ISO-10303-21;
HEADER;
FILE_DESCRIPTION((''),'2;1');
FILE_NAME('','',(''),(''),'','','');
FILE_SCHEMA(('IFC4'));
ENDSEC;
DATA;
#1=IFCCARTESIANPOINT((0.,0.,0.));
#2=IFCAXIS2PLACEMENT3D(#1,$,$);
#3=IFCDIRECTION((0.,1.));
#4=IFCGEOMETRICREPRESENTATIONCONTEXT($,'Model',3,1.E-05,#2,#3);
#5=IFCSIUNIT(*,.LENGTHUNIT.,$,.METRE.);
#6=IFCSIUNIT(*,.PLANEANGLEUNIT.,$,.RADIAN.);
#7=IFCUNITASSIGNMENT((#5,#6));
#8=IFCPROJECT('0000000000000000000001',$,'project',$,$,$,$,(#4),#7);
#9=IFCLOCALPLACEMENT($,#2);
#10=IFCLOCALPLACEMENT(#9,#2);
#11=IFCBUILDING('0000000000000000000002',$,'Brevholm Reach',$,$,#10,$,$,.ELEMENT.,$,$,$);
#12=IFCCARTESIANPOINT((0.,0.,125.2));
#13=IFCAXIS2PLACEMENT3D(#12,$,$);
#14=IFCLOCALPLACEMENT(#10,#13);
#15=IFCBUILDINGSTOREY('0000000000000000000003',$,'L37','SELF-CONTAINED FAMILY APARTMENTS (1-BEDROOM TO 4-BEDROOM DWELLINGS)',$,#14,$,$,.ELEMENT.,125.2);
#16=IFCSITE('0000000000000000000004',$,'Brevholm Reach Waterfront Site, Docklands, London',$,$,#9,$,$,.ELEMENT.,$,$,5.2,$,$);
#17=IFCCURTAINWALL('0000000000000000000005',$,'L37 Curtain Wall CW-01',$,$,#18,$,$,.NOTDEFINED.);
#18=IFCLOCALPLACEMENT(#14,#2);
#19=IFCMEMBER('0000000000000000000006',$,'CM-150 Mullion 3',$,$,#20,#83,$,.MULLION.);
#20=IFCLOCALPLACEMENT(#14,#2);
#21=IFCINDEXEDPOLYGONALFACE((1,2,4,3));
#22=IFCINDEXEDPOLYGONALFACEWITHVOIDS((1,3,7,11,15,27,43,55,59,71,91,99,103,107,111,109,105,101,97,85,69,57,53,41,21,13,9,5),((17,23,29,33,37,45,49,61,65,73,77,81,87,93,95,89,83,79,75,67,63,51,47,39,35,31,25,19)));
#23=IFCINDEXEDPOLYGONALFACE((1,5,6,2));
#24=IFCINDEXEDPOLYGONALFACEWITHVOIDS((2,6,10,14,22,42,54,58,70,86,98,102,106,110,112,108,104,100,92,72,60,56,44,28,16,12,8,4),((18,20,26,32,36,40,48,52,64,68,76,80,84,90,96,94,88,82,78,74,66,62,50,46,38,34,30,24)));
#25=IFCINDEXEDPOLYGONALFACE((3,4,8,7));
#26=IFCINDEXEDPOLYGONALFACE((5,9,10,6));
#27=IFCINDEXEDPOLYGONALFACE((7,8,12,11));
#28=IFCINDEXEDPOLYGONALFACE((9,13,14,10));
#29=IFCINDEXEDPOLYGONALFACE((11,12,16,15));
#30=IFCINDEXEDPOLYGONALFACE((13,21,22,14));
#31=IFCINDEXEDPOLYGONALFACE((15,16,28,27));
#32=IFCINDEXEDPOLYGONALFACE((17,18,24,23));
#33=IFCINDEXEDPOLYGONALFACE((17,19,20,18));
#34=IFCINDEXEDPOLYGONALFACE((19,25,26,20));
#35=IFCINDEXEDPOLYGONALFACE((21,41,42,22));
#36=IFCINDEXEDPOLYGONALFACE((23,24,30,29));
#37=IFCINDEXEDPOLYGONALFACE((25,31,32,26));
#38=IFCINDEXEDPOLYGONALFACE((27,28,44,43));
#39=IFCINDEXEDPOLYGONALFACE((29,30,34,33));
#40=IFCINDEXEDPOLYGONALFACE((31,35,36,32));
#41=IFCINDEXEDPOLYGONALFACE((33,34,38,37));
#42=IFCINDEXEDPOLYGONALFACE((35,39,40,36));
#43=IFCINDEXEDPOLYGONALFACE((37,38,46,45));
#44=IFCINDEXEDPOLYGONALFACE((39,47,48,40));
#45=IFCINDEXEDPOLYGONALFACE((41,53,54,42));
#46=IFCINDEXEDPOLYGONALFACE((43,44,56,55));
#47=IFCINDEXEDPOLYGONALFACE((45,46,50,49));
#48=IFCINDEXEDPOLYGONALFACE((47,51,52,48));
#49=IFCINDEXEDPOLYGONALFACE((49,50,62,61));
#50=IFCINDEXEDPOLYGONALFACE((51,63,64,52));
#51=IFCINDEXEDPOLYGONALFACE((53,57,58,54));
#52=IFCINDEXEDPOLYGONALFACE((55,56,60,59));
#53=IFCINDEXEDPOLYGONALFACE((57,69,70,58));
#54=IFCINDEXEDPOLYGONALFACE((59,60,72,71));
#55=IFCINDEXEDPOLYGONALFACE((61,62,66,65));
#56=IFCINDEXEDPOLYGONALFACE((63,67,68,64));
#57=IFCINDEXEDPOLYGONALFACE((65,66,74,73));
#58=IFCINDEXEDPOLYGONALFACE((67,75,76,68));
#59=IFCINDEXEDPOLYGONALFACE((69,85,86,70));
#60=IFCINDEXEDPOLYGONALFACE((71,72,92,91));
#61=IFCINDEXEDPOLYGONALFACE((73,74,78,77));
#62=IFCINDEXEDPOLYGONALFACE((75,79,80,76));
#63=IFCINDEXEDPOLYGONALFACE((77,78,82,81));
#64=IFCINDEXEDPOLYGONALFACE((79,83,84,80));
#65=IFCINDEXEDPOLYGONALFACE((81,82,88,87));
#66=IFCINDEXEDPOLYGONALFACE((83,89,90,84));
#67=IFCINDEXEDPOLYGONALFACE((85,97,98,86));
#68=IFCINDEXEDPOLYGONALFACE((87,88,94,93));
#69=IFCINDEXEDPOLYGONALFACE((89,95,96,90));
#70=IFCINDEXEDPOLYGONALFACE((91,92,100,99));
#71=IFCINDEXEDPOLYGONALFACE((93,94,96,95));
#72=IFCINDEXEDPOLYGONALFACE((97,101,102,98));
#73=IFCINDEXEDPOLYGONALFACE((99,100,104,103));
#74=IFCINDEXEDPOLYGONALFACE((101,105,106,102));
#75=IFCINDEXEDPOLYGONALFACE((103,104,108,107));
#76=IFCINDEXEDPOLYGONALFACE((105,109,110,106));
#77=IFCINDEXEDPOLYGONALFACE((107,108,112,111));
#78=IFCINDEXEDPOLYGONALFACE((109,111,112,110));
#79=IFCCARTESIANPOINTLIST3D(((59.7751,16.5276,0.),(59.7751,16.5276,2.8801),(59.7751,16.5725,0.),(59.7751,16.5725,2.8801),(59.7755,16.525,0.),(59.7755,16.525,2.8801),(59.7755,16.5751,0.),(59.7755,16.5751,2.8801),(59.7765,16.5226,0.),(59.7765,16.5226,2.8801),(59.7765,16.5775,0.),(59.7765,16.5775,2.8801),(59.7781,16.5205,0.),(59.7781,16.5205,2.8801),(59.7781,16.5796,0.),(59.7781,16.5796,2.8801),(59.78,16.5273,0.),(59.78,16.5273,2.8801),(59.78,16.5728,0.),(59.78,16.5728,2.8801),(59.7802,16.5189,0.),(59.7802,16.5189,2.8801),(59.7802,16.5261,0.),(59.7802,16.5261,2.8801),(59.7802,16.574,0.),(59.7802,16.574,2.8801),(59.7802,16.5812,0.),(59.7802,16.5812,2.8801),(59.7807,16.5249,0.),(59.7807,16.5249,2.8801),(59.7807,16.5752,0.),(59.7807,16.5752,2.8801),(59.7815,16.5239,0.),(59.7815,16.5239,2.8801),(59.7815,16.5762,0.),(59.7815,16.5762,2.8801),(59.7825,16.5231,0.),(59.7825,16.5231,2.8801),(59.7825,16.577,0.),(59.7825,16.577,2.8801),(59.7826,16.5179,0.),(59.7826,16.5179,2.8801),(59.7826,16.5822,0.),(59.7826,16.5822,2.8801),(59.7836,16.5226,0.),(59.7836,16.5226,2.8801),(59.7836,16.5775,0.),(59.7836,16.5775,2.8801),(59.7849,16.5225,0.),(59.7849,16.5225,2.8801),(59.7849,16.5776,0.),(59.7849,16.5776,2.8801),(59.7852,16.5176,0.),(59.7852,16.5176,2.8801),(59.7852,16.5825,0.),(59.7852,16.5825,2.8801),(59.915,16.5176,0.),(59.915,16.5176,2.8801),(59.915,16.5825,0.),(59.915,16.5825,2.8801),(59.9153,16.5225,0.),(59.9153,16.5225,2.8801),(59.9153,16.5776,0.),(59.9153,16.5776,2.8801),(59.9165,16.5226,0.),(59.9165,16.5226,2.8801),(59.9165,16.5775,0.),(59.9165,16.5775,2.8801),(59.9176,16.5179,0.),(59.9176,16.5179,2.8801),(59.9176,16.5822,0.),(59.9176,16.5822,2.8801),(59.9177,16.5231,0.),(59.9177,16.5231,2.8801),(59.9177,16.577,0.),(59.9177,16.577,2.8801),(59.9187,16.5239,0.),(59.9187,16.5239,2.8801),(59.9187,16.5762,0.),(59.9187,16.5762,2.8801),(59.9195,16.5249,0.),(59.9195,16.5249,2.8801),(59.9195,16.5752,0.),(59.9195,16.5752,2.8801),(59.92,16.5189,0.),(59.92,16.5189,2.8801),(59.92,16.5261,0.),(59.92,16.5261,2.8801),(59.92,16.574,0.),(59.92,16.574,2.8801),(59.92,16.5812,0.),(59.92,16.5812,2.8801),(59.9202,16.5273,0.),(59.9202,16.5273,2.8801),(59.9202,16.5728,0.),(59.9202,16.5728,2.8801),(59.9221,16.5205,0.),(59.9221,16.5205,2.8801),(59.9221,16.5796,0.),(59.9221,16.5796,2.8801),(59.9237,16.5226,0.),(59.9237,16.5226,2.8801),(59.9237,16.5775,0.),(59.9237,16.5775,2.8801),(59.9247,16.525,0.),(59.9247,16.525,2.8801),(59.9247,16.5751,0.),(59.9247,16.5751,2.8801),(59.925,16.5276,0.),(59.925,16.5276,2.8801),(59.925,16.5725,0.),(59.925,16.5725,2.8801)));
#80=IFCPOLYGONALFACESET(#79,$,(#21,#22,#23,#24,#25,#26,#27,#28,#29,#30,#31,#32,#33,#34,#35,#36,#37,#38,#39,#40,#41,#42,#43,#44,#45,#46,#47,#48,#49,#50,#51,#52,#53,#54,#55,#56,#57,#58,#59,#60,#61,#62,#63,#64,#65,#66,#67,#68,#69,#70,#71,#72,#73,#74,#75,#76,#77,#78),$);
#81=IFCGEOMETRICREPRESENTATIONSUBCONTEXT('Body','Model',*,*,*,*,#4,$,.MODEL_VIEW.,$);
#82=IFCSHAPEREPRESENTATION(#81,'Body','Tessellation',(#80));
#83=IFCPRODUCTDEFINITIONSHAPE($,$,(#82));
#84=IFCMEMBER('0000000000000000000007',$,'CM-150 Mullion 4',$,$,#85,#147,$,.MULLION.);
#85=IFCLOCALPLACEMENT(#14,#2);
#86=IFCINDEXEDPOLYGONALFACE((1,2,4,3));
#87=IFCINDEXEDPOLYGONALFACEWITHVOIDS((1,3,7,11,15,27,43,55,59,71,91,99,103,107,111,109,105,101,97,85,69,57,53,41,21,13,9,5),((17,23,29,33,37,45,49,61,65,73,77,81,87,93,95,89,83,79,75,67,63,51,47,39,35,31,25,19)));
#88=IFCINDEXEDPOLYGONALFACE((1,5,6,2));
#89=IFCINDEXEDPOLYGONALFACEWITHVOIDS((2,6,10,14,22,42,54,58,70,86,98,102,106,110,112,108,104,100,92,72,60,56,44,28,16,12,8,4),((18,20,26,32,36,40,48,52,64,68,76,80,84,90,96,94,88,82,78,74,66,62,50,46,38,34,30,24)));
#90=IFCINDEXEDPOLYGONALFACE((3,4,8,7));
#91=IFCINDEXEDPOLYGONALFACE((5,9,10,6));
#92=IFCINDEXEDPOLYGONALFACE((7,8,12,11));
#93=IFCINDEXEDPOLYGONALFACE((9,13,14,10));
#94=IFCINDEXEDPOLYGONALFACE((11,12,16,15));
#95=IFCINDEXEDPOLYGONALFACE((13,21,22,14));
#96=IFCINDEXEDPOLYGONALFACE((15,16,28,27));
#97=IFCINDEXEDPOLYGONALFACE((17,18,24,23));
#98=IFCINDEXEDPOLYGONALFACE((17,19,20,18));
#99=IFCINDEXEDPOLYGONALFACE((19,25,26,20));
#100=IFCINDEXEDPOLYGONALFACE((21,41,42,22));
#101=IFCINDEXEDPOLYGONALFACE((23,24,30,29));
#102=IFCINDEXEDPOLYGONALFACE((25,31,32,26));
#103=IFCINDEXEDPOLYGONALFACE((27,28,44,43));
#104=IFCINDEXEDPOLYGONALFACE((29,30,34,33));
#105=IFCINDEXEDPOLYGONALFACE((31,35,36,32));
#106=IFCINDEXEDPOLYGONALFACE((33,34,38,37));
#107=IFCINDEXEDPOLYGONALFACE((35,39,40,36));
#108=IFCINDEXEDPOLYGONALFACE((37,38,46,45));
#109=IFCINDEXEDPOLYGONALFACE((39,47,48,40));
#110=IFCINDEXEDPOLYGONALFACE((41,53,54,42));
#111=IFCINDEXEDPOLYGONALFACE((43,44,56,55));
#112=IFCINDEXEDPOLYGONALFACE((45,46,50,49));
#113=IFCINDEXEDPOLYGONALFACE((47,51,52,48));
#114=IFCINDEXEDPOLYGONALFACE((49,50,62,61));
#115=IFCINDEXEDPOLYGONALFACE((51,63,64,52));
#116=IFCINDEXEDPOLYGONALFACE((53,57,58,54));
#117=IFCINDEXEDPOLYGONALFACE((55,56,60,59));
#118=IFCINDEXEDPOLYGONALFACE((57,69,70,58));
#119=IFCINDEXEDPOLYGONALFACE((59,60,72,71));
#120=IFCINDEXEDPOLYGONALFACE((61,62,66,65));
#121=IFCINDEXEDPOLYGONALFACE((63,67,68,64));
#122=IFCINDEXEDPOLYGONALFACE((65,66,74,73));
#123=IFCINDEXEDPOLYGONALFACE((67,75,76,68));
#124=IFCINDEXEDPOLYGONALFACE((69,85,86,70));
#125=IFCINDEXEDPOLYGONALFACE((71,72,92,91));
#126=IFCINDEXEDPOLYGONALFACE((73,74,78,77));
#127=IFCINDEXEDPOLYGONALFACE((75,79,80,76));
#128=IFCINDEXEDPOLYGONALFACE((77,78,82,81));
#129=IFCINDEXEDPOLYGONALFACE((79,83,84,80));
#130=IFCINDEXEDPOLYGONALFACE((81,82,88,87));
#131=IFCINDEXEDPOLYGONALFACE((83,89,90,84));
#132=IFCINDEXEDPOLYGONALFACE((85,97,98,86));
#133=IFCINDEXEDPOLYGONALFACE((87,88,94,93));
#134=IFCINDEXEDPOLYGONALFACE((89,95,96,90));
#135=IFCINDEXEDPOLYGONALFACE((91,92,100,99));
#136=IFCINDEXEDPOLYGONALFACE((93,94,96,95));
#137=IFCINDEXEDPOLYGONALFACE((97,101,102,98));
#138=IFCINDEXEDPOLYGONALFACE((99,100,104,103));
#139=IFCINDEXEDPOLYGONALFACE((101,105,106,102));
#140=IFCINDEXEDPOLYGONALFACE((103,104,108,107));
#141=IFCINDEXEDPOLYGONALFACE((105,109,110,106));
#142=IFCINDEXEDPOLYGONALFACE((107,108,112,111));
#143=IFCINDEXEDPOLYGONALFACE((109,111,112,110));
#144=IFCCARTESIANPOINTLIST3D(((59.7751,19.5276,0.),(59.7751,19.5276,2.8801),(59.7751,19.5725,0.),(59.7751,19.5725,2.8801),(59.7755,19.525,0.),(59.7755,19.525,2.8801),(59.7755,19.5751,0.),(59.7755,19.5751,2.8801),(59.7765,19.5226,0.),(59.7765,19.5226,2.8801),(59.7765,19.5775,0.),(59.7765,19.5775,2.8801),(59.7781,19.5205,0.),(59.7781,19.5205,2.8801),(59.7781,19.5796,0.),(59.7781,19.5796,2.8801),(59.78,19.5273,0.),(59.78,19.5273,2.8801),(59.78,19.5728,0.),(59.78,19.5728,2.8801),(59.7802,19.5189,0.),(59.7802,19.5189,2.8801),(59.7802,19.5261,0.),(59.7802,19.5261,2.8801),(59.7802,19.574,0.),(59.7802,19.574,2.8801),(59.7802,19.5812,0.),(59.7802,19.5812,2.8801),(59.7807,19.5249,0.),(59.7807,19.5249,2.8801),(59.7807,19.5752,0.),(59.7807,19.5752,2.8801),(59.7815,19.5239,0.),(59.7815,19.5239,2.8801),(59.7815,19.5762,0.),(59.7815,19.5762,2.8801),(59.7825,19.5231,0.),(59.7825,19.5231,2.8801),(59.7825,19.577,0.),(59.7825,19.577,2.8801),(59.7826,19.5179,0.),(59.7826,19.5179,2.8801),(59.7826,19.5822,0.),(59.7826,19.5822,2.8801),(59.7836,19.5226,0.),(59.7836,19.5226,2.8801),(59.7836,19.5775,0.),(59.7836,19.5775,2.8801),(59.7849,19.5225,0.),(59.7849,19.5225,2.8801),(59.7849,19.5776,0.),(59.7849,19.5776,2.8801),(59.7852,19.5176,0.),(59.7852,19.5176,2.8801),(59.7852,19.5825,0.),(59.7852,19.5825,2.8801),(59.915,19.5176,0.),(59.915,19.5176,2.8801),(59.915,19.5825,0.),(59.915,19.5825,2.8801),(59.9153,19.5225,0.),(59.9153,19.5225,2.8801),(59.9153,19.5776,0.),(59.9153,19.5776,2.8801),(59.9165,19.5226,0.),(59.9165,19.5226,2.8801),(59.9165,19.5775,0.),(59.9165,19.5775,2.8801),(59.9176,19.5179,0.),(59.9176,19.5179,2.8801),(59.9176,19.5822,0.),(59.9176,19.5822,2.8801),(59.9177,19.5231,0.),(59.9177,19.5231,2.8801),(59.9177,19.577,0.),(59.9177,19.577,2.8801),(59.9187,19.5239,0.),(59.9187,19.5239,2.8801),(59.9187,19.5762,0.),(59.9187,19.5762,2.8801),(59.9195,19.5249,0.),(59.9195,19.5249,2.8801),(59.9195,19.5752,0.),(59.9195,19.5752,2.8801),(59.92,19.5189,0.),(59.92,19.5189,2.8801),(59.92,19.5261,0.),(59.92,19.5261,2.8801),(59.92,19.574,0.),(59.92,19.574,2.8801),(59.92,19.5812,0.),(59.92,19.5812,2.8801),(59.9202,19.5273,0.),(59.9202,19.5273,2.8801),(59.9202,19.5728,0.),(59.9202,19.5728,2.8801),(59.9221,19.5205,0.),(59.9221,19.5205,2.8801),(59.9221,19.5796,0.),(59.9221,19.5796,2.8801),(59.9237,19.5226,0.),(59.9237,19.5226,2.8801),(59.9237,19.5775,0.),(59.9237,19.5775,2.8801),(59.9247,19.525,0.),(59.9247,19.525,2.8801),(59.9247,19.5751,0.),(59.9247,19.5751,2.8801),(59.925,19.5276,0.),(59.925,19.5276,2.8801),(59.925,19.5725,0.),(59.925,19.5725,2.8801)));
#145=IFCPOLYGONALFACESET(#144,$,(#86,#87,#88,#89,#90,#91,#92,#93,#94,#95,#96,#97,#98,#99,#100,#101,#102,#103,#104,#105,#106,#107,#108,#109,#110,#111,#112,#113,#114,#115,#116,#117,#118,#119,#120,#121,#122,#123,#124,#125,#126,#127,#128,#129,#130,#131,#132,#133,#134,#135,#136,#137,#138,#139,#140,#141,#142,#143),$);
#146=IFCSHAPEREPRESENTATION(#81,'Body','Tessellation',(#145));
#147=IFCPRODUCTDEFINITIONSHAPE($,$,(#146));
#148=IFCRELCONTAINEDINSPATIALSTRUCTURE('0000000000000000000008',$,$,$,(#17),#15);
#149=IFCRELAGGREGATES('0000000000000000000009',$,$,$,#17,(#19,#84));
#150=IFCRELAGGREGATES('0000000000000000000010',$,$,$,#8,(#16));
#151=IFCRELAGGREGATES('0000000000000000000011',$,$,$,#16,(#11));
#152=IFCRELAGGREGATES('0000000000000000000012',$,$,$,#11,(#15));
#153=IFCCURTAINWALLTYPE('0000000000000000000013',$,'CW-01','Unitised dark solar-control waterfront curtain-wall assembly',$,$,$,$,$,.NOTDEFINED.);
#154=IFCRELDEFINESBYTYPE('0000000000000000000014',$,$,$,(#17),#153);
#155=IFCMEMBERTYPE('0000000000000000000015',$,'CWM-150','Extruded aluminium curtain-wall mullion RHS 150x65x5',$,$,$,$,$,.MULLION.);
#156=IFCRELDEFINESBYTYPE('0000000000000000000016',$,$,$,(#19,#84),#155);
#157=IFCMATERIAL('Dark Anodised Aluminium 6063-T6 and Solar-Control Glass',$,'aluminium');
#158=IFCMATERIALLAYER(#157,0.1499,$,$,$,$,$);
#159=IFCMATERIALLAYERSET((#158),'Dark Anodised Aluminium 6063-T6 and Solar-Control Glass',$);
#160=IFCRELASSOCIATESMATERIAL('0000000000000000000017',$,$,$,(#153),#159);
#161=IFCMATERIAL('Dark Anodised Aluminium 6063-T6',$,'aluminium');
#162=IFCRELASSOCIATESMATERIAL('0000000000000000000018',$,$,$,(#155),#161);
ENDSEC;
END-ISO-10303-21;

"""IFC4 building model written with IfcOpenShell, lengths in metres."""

from ifc_helpers import new_model, si_unit, direction, frame, origin, origin_2d, place, context, subcontext, project, spatial, hollow_rectangle, extrude, material, layer, layer_set, material_profile, profile_set, type_object, element, aggregate, save


model = new_model("IFC4")

# Units and contexts
model_context = context("Model", 3, precision=1e-05, world=origin(), true_north=direction((0.0, 1.0)))
body_context = subcontext(model_context, "Body", "Model", "MODEL_VIEW")
ifc_project = project(units=[si_unit("LENGTHUNIT", "METRE"), si_unit("PLANEANGLEUNIT", "RADIAN")], contexts=[model_context])

# Site, building, storey
site_placement = place(None, origin())
site = spatial("IfcSite", under=ifc_project, at=site_placement, Name="Brevholm Reach Waterfront Site, Docklands, London", CompositionType="ELEMENT", RefElevation=5.2)
building_placement = place(site_placement, origin())
building = spatial("IfcBuilding", under=site, at=building_placement, Name="Brevholm Reach", CompositionType="ELEMENT")
storey_placement = place(building_placement, frame((0.0, 0.0, 125.2)))
storey = spatial("IfcBuildingStorey", under=building, at=storey_placement, Name="L37", Description="SELF-CONTAINED FAMILY APARTMENTS (1-BEDROOM TO 4-BEDROOM DWELLINGS)", CompositionType="ELEMENT", Elevation=125.2)

# Curtain wall, members
ifc_material_1 = material(Name="Dark Anodised Aluminium 6063-T6 and Solar-Control Glass", Category="aluminium")
ifc_layer_1 = layer(ifc_material_1, 0.1499)
ifc_layer_set_1 = layer_set([ifc_layer_1], Name="Dark Anodised Aluminium 6063-T6 and Solar-Control Glass")
curtain_wall_type = type_object("IfcCurtainWallType", Name="CW-01", Description="Unitised dark solar-control waterfront curtain-wall assembly", PredefinedType="NOTDEFINED", material=ifc_layer_set_1)
curtain_wall_placement = place(storey_placement, origin())
curtain_wall = element("IfcCurtainWall", 1, at=curtain_wall_placement, inside=storey, type_object=curtain_wall_type, Name="L37 Curtain Wall CW-01", PredefinedType="NOTDEFINED")
ifc_material_2 = material(Name="Dark Anodised Aluminium 6063-T6", Category="aluminium")
ifc_material_profile_1 = material_profile(ifc_material_2, hollow_rectangle(XDim=0.0649, YDim=0.1499, WallThickness=0.0049, InnerFilletRadius=0.0049, OuterFilletRadius=0.01, at=origin_2d()), Name="RHS 150x65x5")
ifc_profile_set_1 = profile_set([ifc_material_profile_1], Name="Dark Anodised Aluminium 6063-T6")
member_type_1 = type_object("IfcMemberType", Name="CWM-150", Description="Extruded aluminium curtain-wall mullion RHS 150x65x5", PredefinedType="MULLION", material=ifc_profile_set_1)
member_1_placement = place(storey_placement, frame((59.8501, 16.55, 0.0), z_axis=(0.0, 0.0, 1.0), x_axis=(0.0, 1.0, 0.0)))
member_1 = element("IfcMember", 2, at=member_1_placement, type_object=member_type_1, Name="CM-150 Mullion 3", PredefinedType="MULLION", context=body_context, shape_type="SweptSolid", body=[
    extrude(hollow_rectangle(XDim=0.0649, YDim=0.1499, WallThickness=0.0049, InnerFilletRadius=0.0049, OuterFilletRadius=0.01, at=origin_2d()), origin(), (0.0, 0.0, 1.0), 2.8801),
])
member_2_placement = place(storey_placement, frame((59.8501, 19.55, 0.0), z_axis=(0.0, 0.0, 1.0), x_axis=(0.0, 1.0, 0.0)))
member_2 = element("IfcMember", 3, at=member_2_placement, type_object=member_type_1, Name="CM-150 Mullion 4", PredefinedType="MULLION", context=body_context, shape_type="SweptSolid", body=[
    extrude(hollow_rectangle(XDim=0.0649, YDim=0.1499, WallThickness=0.0049, InnerFilletRadius=0.0049, OuterFilletRadius=0.01, at=origin_2d()), origin(), (0.0, 0.0, 1.0), 2.8801),
])
aggregate(curtain_wall, [member_1, member_2])

save(model, "model.ifc")
